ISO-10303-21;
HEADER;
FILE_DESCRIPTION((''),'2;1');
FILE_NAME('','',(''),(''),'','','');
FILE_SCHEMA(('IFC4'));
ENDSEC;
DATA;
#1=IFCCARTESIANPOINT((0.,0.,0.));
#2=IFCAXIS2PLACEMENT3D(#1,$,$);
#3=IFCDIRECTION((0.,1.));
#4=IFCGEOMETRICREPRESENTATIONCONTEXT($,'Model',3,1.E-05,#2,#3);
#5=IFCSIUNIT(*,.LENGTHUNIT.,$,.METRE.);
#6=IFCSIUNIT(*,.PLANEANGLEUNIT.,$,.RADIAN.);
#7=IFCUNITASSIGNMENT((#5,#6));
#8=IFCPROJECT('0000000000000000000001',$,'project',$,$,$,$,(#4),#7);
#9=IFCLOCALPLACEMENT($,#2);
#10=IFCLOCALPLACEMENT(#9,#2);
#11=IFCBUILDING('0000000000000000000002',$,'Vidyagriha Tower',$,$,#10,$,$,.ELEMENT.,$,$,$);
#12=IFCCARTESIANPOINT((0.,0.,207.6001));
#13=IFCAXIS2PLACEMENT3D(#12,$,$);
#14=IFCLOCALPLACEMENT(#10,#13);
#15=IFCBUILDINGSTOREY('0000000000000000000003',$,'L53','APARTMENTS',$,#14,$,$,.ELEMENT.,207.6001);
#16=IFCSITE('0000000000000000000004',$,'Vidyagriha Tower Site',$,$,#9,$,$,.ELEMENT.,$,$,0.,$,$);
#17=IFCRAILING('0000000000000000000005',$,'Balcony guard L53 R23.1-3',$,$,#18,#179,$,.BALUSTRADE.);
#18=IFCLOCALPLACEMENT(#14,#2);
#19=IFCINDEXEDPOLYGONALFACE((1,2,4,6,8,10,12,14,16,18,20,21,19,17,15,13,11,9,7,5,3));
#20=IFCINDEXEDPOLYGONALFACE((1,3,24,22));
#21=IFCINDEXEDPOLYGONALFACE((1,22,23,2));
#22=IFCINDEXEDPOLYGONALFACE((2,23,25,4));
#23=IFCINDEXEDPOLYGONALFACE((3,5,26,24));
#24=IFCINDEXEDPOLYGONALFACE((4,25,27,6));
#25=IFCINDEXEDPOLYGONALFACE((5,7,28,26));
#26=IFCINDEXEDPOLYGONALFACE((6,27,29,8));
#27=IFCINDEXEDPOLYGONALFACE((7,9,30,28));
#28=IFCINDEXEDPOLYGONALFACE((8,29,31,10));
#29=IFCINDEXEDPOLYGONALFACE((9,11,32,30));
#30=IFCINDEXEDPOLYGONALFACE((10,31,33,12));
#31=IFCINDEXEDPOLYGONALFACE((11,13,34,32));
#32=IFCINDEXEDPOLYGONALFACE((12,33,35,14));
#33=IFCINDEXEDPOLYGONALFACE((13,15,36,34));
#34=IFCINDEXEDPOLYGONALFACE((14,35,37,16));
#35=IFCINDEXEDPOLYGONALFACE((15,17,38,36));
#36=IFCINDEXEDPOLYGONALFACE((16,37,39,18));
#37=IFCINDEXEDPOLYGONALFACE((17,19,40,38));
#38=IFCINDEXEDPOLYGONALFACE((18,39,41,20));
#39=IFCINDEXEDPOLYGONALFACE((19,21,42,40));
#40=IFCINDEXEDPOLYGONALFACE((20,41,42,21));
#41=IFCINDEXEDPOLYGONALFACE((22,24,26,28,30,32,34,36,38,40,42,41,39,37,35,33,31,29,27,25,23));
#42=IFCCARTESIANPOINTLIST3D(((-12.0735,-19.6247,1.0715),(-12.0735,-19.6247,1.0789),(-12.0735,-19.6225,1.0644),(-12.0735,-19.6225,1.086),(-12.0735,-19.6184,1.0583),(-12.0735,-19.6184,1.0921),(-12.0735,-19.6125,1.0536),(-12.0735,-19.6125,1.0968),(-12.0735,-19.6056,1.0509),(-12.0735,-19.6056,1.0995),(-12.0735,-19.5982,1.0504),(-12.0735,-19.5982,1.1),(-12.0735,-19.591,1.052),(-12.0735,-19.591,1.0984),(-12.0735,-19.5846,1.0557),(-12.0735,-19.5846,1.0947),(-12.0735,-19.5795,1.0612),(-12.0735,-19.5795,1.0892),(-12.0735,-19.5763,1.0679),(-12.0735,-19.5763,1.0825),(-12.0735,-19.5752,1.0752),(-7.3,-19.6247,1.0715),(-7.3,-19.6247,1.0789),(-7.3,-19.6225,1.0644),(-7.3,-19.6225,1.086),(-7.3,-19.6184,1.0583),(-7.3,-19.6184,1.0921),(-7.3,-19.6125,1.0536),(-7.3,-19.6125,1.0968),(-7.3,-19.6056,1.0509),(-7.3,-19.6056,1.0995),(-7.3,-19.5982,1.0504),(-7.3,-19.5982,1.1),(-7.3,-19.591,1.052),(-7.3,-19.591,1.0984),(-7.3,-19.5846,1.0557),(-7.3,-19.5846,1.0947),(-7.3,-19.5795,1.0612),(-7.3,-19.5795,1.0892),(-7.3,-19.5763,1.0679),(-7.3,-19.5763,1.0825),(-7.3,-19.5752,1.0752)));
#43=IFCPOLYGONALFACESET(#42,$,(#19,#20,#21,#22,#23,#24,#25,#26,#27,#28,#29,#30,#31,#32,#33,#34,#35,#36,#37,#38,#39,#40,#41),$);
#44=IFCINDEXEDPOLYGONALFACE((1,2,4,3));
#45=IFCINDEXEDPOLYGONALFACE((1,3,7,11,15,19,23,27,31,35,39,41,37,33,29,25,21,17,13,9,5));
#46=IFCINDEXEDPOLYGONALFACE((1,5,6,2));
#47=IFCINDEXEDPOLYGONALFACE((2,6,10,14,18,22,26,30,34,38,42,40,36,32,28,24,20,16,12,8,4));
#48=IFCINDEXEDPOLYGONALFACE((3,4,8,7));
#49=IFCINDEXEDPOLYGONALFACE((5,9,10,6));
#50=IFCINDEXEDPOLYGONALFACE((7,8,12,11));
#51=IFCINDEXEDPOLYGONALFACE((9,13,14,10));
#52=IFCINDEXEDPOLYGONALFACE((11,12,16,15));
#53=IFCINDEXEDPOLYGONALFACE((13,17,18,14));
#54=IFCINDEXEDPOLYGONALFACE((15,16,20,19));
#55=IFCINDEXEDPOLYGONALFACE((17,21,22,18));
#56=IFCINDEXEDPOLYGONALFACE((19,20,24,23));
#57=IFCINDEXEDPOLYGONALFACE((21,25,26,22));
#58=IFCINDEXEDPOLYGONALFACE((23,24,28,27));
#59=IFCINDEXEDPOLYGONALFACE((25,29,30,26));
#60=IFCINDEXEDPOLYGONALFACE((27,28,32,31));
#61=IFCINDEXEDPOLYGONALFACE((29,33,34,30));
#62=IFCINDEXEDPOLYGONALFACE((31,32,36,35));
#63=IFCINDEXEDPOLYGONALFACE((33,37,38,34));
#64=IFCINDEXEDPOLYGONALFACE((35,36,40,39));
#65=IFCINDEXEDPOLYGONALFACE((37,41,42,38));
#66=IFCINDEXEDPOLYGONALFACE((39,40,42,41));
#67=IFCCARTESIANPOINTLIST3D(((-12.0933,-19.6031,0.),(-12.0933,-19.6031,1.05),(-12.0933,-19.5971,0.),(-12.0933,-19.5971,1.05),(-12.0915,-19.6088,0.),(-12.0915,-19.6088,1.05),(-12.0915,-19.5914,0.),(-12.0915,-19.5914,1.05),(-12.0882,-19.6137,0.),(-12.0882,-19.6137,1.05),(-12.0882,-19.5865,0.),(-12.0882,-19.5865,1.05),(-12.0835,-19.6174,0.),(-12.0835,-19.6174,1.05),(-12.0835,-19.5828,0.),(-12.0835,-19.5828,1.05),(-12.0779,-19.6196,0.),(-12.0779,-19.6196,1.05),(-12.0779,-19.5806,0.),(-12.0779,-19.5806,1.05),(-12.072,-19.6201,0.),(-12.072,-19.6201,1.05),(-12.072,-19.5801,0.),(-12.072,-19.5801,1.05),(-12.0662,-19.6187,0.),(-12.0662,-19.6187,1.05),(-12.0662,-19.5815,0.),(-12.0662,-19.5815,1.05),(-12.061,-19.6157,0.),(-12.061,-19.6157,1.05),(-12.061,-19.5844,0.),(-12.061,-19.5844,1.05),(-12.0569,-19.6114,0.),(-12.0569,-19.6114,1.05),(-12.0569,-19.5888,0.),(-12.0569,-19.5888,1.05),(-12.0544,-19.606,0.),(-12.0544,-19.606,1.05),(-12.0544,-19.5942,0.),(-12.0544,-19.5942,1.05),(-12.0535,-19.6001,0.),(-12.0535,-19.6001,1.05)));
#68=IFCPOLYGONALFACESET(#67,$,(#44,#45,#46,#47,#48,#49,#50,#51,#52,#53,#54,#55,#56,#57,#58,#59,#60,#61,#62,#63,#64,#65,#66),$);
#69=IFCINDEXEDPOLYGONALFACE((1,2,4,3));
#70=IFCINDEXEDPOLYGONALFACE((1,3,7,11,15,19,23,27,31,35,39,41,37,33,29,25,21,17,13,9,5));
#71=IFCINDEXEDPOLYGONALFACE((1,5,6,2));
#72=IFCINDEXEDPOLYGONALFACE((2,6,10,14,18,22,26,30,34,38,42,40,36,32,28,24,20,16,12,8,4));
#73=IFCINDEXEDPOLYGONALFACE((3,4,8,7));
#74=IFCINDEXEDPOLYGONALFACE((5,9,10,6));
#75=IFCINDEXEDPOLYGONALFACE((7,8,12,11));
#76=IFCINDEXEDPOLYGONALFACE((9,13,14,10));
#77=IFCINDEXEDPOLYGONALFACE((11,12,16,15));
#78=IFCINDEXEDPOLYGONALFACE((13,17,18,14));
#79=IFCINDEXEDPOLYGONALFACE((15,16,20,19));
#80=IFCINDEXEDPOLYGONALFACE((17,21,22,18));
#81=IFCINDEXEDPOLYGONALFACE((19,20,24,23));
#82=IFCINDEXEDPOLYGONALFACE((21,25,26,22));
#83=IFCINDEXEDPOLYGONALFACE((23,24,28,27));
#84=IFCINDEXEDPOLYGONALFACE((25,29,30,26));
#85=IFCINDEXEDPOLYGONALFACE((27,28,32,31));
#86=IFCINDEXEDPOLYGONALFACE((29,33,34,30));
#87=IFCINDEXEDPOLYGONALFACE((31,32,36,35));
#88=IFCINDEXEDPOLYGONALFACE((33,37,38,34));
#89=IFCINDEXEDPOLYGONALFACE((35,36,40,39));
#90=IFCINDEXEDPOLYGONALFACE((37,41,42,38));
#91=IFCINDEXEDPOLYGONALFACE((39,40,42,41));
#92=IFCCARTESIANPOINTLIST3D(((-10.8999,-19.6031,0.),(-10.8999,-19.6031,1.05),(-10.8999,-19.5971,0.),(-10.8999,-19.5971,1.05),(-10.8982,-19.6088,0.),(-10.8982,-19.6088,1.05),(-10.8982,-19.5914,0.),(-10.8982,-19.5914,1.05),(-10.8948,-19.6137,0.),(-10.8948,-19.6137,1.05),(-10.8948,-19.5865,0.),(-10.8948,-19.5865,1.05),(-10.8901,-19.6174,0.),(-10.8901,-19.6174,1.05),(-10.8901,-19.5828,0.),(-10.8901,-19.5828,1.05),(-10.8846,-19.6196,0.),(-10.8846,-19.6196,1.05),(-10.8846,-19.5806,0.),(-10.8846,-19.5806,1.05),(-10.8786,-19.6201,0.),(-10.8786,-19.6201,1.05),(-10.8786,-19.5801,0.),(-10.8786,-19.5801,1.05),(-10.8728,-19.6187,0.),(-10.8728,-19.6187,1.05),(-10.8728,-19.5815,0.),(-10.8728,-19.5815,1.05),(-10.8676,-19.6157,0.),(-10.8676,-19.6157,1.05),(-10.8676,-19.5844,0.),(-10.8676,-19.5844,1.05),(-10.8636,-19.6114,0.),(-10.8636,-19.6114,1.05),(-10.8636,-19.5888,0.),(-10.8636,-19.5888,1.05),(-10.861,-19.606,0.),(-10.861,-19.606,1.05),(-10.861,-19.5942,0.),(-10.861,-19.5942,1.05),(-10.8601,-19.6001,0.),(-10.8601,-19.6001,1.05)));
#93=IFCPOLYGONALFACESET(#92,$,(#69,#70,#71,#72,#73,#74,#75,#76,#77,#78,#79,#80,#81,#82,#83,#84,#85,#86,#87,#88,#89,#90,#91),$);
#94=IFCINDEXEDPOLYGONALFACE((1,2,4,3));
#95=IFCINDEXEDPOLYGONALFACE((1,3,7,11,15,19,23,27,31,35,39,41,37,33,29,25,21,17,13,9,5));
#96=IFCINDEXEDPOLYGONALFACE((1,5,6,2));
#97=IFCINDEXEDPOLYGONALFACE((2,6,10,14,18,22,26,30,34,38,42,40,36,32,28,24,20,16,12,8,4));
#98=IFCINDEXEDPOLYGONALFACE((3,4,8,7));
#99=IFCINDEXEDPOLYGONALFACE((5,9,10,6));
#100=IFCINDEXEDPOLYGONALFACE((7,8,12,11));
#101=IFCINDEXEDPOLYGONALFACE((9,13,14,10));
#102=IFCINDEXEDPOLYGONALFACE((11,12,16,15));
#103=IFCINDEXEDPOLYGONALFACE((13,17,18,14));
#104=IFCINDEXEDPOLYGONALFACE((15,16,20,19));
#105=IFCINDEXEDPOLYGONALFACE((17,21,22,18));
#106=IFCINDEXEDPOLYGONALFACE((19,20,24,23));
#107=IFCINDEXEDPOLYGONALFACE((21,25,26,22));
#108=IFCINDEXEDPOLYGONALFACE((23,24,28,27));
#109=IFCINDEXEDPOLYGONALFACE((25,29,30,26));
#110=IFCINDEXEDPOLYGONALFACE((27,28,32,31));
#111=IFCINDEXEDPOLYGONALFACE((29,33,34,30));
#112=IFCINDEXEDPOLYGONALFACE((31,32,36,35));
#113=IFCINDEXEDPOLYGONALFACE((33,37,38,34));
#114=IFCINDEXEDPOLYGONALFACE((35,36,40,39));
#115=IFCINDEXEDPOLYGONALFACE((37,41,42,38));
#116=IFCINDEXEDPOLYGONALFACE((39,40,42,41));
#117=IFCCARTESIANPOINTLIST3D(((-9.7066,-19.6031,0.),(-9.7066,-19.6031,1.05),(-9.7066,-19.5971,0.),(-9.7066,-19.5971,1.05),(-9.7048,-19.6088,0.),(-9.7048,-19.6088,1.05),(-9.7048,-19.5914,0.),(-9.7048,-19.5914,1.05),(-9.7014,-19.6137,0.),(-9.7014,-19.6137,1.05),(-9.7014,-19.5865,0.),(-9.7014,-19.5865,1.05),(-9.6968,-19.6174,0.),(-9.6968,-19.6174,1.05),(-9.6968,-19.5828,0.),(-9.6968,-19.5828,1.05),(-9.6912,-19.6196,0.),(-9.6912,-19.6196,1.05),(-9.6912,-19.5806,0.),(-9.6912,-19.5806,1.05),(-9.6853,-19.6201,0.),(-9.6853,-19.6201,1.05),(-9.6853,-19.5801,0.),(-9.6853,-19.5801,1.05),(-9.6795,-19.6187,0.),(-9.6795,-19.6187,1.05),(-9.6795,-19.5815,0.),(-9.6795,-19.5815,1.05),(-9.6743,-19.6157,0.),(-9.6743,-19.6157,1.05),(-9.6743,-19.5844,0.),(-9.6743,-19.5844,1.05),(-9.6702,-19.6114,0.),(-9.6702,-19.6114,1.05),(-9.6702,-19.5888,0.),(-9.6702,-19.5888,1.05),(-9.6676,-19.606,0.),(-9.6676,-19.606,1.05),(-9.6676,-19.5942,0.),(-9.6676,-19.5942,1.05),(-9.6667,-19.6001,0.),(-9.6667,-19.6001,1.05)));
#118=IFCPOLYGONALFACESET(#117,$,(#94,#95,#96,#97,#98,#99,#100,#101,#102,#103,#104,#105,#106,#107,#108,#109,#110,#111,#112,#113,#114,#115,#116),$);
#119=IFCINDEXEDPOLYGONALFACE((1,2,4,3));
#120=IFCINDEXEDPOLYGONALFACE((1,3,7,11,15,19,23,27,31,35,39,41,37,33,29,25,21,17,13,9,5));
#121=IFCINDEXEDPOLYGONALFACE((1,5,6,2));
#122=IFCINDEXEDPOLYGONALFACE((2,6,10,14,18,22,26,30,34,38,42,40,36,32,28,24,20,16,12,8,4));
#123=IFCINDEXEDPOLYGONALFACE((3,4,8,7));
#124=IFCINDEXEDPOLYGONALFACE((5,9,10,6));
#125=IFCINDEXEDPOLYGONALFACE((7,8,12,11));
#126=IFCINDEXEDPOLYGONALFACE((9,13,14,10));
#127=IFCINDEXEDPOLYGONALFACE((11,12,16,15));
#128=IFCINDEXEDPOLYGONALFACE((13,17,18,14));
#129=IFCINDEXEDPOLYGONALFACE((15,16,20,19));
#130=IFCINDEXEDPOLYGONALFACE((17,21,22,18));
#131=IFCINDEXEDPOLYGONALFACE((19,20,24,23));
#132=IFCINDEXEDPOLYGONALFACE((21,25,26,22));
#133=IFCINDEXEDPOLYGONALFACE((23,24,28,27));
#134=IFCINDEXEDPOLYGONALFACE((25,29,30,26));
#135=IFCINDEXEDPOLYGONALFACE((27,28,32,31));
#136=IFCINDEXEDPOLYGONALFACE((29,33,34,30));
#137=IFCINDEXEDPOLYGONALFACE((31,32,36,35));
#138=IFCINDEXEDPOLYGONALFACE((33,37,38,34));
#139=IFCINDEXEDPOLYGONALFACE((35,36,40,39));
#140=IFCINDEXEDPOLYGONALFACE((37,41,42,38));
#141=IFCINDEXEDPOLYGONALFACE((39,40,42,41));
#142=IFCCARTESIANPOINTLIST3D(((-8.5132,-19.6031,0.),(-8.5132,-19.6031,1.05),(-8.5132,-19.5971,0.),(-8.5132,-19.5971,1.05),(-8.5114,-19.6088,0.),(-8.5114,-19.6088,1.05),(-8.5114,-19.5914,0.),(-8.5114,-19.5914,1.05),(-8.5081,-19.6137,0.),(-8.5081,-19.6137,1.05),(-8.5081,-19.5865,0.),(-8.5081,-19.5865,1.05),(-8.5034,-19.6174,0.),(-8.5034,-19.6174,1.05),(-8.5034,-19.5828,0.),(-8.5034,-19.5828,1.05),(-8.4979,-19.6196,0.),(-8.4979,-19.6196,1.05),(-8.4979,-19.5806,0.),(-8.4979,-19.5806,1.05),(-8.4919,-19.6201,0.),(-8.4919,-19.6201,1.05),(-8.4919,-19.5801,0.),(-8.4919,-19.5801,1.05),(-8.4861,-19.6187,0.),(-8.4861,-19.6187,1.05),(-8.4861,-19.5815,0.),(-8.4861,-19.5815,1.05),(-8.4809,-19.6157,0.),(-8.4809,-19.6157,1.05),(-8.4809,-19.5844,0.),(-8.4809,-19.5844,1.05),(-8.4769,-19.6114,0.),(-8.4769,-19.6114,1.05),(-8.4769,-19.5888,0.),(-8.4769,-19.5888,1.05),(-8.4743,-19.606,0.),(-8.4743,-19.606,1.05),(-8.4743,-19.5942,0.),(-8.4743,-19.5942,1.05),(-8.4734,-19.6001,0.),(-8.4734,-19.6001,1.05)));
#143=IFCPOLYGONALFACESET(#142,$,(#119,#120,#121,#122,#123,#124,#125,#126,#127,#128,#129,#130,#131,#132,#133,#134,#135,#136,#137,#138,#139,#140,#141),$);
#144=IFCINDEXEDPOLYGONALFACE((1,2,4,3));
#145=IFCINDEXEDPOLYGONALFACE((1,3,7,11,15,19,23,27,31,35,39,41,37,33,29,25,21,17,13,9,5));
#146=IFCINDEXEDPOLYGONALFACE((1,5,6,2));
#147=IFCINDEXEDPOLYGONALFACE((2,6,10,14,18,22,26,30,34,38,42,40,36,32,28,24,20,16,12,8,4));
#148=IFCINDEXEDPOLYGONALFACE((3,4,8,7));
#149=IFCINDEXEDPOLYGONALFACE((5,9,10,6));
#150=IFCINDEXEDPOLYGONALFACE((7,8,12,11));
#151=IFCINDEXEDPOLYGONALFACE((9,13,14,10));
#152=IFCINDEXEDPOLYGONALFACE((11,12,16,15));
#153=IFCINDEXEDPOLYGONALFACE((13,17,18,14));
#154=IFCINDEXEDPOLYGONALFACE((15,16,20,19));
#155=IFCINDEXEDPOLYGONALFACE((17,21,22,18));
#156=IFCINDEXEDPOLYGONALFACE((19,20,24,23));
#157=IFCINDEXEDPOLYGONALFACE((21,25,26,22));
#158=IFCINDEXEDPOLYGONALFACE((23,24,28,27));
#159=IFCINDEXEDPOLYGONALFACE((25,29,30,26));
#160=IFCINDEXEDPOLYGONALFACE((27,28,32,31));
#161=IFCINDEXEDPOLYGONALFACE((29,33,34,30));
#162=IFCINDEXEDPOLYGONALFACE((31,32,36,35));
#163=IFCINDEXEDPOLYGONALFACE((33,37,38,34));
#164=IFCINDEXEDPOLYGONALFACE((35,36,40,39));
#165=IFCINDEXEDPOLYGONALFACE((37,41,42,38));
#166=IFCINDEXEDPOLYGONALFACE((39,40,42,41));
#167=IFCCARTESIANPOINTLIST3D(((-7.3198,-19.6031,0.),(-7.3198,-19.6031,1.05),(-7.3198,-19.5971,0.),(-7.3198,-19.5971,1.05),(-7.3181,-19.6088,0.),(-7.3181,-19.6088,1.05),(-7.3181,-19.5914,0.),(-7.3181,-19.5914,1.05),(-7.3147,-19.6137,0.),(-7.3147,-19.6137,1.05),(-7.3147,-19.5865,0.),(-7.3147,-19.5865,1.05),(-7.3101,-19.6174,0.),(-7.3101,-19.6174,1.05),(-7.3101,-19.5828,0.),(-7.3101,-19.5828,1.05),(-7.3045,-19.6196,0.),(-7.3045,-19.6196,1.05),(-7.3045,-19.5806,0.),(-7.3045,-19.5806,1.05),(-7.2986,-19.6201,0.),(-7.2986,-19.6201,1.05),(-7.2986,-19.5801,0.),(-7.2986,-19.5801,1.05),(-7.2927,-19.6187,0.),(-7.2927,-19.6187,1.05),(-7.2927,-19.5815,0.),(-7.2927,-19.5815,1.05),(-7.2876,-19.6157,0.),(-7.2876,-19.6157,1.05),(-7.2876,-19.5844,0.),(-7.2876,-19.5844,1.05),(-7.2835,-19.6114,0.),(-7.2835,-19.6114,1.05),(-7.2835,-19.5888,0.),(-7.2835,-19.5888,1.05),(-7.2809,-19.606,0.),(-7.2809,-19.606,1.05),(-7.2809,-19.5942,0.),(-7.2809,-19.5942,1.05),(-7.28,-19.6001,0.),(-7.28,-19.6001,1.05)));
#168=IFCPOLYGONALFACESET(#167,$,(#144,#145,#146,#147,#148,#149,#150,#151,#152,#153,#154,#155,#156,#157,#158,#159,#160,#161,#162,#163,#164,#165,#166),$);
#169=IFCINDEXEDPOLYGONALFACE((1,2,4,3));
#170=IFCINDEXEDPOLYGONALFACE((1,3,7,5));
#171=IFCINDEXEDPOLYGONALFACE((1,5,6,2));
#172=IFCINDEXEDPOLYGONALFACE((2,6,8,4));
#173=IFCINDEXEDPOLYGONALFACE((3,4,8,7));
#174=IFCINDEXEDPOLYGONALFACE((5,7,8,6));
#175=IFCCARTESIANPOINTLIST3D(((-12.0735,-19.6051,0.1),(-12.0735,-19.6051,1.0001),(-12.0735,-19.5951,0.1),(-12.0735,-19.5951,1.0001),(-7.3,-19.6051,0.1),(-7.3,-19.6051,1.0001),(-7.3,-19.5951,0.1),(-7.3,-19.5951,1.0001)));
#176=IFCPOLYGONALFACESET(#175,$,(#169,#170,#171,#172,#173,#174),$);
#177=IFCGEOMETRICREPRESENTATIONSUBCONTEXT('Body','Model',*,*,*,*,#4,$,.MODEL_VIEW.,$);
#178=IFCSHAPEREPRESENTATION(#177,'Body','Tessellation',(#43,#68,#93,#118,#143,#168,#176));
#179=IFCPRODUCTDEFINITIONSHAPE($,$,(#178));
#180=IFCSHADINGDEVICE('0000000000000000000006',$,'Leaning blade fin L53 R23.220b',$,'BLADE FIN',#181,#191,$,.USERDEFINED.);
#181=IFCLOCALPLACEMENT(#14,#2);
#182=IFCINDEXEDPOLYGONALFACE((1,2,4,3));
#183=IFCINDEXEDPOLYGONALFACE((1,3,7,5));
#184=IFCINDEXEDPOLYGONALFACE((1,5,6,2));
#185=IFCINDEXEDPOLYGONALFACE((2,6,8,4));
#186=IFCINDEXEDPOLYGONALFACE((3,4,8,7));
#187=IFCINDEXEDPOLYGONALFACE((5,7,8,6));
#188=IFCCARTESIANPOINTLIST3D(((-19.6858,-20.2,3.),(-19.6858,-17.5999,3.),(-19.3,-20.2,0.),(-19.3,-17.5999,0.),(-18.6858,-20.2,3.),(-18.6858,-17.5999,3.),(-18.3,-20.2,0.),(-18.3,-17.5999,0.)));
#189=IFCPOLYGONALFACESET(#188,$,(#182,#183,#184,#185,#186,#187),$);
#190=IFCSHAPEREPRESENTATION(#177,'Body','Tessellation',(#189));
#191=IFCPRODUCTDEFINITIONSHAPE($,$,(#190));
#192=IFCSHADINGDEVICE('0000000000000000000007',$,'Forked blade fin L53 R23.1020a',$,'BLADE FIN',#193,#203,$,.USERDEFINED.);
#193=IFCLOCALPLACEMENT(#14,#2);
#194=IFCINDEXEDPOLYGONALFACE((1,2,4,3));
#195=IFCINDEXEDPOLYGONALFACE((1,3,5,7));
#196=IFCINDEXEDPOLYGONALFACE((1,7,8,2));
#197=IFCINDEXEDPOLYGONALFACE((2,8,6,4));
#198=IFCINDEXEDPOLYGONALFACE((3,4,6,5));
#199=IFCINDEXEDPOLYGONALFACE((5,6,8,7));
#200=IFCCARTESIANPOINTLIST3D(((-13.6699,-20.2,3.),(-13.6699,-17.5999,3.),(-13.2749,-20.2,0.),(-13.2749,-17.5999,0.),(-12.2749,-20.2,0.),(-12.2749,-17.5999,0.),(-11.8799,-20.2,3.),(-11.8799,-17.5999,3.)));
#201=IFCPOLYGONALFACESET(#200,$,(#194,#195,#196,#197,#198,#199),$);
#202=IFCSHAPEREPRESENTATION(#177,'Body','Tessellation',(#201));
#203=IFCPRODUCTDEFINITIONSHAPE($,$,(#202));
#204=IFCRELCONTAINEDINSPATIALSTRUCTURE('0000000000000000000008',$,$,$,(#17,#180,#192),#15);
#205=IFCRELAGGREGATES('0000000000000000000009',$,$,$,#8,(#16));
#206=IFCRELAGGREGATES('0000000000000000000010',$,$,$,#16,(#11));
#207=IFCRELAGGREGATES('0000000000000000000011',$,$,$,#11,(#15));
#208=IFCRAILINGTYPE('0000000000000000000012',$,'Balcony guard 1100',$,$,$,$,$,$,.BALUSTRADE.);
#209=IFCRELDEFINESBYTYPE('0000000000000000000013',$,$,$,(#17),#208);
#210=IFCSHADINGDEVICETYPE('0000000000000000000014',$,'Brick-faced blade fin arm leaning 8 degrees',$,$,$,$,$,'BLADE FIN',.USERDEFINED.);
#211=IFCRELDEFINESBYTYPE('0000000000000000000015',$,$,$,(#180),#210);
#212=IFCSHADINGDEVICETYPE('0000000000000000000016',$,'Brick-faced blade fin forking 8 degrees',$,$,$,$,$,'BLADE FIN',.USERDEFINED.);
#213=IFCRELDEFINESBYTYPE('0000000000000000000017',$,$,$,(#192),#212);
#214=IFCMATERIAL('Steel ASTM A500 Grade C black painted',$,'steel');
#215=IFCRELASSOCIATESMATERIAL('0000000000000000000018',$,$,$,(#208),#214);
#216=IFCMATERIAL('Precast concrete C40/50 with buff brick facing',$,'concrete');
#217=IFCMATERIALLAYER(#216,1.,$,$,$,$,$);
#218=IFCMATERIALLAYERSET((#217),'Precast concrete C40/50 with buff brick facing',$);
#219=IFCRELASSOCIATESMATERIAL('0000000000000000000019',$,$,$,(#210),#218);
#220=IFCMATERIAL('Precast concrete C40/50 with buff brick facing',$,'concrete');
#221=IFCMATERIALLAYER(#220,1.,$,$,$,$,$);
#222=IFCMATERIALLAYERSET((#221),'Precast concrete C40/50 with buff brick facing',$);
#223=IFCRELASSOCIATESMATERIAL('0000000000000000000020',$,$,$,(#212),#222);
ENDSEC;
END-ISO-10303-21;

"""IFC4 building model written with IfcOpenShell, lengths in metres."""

from ifc_helpers import new_model, si_unit, direction, frame, origin, origin_2d, place, context, subcontext, project, spatial, polyline, rectangle, circle, outline, extrude, material, layer, layer_set, type_object, element, save


model = new_model("IFC4")

# Units and contexts
model_context = context("Model", 3, precision=1e-05, world=origin(), true_north=direction((0.0, 1.0)))
body_context = subcontext(model_context, "Body", "Model", "MODEL_VIEW")
ifc_project = project(units=[si_unit("LENGTHUNIT", "METRE"), si_unit("PLANEANGLEUNIT", "RADIAN")], contexts=[model_context])

# Site, building, storey
site_placement = place(None, origin())
site = spatial("IfcSite", under=ifc_project, at=site_placement, Name="Vidyagriha Tower Site", CompositionType="ELEMENT", RefElevation=0.0)
building_placement = place(site_placement, origin())
building = spatial("IfcBuilding", under=site, at=building_placement, Name="Vidyagriha Tower", CompositionType="ELEMENT")
storey_placement = place(building_placement, frame((0.0, 0.0, 207.6001)))
storey = spatial("IfcBuildingStorey", under=building, at=storey_placement, Name="L53", Description="APARTMENTS", CompositionType="ELEMENT", Elevation=207.6001)

# Railing
ifc_material_1 = material(Name="Steel ASTM A500 Grade C black painted", Category="steel")
railing_type = type_object("IfcRailingType", Name="Balcony guard 1100", PredefinedType="BALUSTRADE", material=ifc_material_1)
railing_1_placement = place(storey_placement, frame((-12.0735, -19.6001, 0.0)))
element("IfcRailing", 1, at=railing_1_placement, inside=storey, type_object=railing_type, Name="Balcony guard L53 R23.1-3", PredefinedType="BALUSTRADE", context=body_context, shape_type="SweptSolid", body=[
    extrude(circle(Radius=0.0249, at=origin_2d()), frame((0.0, 0.0, 1.0752), z_axis=(1.0, 0.0, 0.0), x_axis=(0.0, 1.0, 0.0)), (0.0, 0.0, 1.0), 4.7734),
    extrude(circle(Radius=0.02, at=origin_2d()), origin(), (0.0, 0.0, 1.0), 1.05),
    extrude(circle(Radius=0.02, at=origin_2d()), frame((1.1934, 0.0, 0.0)), (0.0, 0.0, 1.0), 1.05),
    extrude(circle(Radius=0.02, at=origin_2d()), frame((2.3867, 0.0, 0.0)), (0.0, 0.0, 1.0), 1.05),
    extrude(circle(Radius=0.02, at=origin_2d()), frame((3.5801, 0.0, 0.0)), (0.0, 0.0, 1.0), 1.05),
    extrude(circle(Radius=0.02, at=origin_2d()), frame((4.7734, 0.0, 0.0)), (0.0, 0.0, 1.0), 1.05),
    extrude(rectangle(XDim=0.01, YDim=0.9001, at=origin_2d()), frame((0.0, 0.0, 0.55), z_axis=(1.0, 0.0, 0.0), x_axis=(0.0, 1.0, 0.0)), (0.0, 0.0, 1.0), 4.7734),
])

# Shading devices
ifc_material_2 = material(Name="Precast concrete C40/50 with buff brick facing", Category="concrete")
ifc_layer_1 = layer(ifc_material_2, 1.0)
ifc_layer_set_1 = layer_set([ifc_layer_1], Name="Precast concrete C40/50 with buff brick facing")
shading_device_type_1 = type_object("IfcShadingDeviceType", Name="Brick-faced blade fin arm leaning 8 degrees", ElementType="BLADE FIN", PredefinedType="USERDEFINED", material=ifc_layer_set_1)
shading_device_1_placement = place(storey_placement, frame((-19.6858, -18.8999, 0.0)))
element("IfcShadingDevice", 2, at=shading_device_1_placement, inside=storey, type_object=shading_device_type_1, Name="Leaning blade fin L53 R23.220b", ObjectType="BLADE FIN", PredefinedType="USERDEFINED", context=body_context, shape_type="SweptSolid", body=[
    extrude(outline(polyline([(0.3857, 0.0), (1.3857, 0.0), (1.0, 3.0), (0.0, 3.0), (0.3857, 0.0)])), frame((0.0, 1.3, 0.0), z_axis=(0.0, -1.0, 0.0), x_axis=(1.0, 0.0, 0.0)), (0.0, 0.0, 1.0), 2.6001),
])
ifc_material_3 = material(Name="Precast concrete C40/50 with buff brick facing", Category="concrete")
ifc_layer_2 = layer(ifc_material_3, 1.0)
ifc_layer_set_2 = layer_set([ifc_layer_2], Name="Precast concrete C40/50 with buff brick facing")
shading_device_type_2 = type_object("IfcShadingDeviceType", Name="Brick-faced blade fin forking 8 degrees", ElementType="BLADE FIN", PredefinedType="USERDEFINED", material=ifc_layer_set_2)
shading_device_2_placement = place(storey_placement, frame((-13.6699, -18.8999, 0.0)))
element("IfcShadingDevice", 3, at=shading_device_2_placement, inside=storey, type_object=shading_device_type_2, Name="Forked blade fin L53 R23.1020a", ObjectType="BLADE FIN", PredefinedType="USERDEFINED", context=body_context, shape_type="SweptSolid", body=[
    extrude(outline(polyline([(0.395, 0.0), (1.395, 0.0), (1.79, 3.0), (0.0, 3.0), (0.395, 0.0)])), frame((0.0, 1.3, 0.0), z_axis=(0.0, -1.0, 0.0), x_axis=(1.0, 0.0, 0.0)), (0.0, 0.0, 1.0), 2.6001),
])

save(model, "model.ifc")
